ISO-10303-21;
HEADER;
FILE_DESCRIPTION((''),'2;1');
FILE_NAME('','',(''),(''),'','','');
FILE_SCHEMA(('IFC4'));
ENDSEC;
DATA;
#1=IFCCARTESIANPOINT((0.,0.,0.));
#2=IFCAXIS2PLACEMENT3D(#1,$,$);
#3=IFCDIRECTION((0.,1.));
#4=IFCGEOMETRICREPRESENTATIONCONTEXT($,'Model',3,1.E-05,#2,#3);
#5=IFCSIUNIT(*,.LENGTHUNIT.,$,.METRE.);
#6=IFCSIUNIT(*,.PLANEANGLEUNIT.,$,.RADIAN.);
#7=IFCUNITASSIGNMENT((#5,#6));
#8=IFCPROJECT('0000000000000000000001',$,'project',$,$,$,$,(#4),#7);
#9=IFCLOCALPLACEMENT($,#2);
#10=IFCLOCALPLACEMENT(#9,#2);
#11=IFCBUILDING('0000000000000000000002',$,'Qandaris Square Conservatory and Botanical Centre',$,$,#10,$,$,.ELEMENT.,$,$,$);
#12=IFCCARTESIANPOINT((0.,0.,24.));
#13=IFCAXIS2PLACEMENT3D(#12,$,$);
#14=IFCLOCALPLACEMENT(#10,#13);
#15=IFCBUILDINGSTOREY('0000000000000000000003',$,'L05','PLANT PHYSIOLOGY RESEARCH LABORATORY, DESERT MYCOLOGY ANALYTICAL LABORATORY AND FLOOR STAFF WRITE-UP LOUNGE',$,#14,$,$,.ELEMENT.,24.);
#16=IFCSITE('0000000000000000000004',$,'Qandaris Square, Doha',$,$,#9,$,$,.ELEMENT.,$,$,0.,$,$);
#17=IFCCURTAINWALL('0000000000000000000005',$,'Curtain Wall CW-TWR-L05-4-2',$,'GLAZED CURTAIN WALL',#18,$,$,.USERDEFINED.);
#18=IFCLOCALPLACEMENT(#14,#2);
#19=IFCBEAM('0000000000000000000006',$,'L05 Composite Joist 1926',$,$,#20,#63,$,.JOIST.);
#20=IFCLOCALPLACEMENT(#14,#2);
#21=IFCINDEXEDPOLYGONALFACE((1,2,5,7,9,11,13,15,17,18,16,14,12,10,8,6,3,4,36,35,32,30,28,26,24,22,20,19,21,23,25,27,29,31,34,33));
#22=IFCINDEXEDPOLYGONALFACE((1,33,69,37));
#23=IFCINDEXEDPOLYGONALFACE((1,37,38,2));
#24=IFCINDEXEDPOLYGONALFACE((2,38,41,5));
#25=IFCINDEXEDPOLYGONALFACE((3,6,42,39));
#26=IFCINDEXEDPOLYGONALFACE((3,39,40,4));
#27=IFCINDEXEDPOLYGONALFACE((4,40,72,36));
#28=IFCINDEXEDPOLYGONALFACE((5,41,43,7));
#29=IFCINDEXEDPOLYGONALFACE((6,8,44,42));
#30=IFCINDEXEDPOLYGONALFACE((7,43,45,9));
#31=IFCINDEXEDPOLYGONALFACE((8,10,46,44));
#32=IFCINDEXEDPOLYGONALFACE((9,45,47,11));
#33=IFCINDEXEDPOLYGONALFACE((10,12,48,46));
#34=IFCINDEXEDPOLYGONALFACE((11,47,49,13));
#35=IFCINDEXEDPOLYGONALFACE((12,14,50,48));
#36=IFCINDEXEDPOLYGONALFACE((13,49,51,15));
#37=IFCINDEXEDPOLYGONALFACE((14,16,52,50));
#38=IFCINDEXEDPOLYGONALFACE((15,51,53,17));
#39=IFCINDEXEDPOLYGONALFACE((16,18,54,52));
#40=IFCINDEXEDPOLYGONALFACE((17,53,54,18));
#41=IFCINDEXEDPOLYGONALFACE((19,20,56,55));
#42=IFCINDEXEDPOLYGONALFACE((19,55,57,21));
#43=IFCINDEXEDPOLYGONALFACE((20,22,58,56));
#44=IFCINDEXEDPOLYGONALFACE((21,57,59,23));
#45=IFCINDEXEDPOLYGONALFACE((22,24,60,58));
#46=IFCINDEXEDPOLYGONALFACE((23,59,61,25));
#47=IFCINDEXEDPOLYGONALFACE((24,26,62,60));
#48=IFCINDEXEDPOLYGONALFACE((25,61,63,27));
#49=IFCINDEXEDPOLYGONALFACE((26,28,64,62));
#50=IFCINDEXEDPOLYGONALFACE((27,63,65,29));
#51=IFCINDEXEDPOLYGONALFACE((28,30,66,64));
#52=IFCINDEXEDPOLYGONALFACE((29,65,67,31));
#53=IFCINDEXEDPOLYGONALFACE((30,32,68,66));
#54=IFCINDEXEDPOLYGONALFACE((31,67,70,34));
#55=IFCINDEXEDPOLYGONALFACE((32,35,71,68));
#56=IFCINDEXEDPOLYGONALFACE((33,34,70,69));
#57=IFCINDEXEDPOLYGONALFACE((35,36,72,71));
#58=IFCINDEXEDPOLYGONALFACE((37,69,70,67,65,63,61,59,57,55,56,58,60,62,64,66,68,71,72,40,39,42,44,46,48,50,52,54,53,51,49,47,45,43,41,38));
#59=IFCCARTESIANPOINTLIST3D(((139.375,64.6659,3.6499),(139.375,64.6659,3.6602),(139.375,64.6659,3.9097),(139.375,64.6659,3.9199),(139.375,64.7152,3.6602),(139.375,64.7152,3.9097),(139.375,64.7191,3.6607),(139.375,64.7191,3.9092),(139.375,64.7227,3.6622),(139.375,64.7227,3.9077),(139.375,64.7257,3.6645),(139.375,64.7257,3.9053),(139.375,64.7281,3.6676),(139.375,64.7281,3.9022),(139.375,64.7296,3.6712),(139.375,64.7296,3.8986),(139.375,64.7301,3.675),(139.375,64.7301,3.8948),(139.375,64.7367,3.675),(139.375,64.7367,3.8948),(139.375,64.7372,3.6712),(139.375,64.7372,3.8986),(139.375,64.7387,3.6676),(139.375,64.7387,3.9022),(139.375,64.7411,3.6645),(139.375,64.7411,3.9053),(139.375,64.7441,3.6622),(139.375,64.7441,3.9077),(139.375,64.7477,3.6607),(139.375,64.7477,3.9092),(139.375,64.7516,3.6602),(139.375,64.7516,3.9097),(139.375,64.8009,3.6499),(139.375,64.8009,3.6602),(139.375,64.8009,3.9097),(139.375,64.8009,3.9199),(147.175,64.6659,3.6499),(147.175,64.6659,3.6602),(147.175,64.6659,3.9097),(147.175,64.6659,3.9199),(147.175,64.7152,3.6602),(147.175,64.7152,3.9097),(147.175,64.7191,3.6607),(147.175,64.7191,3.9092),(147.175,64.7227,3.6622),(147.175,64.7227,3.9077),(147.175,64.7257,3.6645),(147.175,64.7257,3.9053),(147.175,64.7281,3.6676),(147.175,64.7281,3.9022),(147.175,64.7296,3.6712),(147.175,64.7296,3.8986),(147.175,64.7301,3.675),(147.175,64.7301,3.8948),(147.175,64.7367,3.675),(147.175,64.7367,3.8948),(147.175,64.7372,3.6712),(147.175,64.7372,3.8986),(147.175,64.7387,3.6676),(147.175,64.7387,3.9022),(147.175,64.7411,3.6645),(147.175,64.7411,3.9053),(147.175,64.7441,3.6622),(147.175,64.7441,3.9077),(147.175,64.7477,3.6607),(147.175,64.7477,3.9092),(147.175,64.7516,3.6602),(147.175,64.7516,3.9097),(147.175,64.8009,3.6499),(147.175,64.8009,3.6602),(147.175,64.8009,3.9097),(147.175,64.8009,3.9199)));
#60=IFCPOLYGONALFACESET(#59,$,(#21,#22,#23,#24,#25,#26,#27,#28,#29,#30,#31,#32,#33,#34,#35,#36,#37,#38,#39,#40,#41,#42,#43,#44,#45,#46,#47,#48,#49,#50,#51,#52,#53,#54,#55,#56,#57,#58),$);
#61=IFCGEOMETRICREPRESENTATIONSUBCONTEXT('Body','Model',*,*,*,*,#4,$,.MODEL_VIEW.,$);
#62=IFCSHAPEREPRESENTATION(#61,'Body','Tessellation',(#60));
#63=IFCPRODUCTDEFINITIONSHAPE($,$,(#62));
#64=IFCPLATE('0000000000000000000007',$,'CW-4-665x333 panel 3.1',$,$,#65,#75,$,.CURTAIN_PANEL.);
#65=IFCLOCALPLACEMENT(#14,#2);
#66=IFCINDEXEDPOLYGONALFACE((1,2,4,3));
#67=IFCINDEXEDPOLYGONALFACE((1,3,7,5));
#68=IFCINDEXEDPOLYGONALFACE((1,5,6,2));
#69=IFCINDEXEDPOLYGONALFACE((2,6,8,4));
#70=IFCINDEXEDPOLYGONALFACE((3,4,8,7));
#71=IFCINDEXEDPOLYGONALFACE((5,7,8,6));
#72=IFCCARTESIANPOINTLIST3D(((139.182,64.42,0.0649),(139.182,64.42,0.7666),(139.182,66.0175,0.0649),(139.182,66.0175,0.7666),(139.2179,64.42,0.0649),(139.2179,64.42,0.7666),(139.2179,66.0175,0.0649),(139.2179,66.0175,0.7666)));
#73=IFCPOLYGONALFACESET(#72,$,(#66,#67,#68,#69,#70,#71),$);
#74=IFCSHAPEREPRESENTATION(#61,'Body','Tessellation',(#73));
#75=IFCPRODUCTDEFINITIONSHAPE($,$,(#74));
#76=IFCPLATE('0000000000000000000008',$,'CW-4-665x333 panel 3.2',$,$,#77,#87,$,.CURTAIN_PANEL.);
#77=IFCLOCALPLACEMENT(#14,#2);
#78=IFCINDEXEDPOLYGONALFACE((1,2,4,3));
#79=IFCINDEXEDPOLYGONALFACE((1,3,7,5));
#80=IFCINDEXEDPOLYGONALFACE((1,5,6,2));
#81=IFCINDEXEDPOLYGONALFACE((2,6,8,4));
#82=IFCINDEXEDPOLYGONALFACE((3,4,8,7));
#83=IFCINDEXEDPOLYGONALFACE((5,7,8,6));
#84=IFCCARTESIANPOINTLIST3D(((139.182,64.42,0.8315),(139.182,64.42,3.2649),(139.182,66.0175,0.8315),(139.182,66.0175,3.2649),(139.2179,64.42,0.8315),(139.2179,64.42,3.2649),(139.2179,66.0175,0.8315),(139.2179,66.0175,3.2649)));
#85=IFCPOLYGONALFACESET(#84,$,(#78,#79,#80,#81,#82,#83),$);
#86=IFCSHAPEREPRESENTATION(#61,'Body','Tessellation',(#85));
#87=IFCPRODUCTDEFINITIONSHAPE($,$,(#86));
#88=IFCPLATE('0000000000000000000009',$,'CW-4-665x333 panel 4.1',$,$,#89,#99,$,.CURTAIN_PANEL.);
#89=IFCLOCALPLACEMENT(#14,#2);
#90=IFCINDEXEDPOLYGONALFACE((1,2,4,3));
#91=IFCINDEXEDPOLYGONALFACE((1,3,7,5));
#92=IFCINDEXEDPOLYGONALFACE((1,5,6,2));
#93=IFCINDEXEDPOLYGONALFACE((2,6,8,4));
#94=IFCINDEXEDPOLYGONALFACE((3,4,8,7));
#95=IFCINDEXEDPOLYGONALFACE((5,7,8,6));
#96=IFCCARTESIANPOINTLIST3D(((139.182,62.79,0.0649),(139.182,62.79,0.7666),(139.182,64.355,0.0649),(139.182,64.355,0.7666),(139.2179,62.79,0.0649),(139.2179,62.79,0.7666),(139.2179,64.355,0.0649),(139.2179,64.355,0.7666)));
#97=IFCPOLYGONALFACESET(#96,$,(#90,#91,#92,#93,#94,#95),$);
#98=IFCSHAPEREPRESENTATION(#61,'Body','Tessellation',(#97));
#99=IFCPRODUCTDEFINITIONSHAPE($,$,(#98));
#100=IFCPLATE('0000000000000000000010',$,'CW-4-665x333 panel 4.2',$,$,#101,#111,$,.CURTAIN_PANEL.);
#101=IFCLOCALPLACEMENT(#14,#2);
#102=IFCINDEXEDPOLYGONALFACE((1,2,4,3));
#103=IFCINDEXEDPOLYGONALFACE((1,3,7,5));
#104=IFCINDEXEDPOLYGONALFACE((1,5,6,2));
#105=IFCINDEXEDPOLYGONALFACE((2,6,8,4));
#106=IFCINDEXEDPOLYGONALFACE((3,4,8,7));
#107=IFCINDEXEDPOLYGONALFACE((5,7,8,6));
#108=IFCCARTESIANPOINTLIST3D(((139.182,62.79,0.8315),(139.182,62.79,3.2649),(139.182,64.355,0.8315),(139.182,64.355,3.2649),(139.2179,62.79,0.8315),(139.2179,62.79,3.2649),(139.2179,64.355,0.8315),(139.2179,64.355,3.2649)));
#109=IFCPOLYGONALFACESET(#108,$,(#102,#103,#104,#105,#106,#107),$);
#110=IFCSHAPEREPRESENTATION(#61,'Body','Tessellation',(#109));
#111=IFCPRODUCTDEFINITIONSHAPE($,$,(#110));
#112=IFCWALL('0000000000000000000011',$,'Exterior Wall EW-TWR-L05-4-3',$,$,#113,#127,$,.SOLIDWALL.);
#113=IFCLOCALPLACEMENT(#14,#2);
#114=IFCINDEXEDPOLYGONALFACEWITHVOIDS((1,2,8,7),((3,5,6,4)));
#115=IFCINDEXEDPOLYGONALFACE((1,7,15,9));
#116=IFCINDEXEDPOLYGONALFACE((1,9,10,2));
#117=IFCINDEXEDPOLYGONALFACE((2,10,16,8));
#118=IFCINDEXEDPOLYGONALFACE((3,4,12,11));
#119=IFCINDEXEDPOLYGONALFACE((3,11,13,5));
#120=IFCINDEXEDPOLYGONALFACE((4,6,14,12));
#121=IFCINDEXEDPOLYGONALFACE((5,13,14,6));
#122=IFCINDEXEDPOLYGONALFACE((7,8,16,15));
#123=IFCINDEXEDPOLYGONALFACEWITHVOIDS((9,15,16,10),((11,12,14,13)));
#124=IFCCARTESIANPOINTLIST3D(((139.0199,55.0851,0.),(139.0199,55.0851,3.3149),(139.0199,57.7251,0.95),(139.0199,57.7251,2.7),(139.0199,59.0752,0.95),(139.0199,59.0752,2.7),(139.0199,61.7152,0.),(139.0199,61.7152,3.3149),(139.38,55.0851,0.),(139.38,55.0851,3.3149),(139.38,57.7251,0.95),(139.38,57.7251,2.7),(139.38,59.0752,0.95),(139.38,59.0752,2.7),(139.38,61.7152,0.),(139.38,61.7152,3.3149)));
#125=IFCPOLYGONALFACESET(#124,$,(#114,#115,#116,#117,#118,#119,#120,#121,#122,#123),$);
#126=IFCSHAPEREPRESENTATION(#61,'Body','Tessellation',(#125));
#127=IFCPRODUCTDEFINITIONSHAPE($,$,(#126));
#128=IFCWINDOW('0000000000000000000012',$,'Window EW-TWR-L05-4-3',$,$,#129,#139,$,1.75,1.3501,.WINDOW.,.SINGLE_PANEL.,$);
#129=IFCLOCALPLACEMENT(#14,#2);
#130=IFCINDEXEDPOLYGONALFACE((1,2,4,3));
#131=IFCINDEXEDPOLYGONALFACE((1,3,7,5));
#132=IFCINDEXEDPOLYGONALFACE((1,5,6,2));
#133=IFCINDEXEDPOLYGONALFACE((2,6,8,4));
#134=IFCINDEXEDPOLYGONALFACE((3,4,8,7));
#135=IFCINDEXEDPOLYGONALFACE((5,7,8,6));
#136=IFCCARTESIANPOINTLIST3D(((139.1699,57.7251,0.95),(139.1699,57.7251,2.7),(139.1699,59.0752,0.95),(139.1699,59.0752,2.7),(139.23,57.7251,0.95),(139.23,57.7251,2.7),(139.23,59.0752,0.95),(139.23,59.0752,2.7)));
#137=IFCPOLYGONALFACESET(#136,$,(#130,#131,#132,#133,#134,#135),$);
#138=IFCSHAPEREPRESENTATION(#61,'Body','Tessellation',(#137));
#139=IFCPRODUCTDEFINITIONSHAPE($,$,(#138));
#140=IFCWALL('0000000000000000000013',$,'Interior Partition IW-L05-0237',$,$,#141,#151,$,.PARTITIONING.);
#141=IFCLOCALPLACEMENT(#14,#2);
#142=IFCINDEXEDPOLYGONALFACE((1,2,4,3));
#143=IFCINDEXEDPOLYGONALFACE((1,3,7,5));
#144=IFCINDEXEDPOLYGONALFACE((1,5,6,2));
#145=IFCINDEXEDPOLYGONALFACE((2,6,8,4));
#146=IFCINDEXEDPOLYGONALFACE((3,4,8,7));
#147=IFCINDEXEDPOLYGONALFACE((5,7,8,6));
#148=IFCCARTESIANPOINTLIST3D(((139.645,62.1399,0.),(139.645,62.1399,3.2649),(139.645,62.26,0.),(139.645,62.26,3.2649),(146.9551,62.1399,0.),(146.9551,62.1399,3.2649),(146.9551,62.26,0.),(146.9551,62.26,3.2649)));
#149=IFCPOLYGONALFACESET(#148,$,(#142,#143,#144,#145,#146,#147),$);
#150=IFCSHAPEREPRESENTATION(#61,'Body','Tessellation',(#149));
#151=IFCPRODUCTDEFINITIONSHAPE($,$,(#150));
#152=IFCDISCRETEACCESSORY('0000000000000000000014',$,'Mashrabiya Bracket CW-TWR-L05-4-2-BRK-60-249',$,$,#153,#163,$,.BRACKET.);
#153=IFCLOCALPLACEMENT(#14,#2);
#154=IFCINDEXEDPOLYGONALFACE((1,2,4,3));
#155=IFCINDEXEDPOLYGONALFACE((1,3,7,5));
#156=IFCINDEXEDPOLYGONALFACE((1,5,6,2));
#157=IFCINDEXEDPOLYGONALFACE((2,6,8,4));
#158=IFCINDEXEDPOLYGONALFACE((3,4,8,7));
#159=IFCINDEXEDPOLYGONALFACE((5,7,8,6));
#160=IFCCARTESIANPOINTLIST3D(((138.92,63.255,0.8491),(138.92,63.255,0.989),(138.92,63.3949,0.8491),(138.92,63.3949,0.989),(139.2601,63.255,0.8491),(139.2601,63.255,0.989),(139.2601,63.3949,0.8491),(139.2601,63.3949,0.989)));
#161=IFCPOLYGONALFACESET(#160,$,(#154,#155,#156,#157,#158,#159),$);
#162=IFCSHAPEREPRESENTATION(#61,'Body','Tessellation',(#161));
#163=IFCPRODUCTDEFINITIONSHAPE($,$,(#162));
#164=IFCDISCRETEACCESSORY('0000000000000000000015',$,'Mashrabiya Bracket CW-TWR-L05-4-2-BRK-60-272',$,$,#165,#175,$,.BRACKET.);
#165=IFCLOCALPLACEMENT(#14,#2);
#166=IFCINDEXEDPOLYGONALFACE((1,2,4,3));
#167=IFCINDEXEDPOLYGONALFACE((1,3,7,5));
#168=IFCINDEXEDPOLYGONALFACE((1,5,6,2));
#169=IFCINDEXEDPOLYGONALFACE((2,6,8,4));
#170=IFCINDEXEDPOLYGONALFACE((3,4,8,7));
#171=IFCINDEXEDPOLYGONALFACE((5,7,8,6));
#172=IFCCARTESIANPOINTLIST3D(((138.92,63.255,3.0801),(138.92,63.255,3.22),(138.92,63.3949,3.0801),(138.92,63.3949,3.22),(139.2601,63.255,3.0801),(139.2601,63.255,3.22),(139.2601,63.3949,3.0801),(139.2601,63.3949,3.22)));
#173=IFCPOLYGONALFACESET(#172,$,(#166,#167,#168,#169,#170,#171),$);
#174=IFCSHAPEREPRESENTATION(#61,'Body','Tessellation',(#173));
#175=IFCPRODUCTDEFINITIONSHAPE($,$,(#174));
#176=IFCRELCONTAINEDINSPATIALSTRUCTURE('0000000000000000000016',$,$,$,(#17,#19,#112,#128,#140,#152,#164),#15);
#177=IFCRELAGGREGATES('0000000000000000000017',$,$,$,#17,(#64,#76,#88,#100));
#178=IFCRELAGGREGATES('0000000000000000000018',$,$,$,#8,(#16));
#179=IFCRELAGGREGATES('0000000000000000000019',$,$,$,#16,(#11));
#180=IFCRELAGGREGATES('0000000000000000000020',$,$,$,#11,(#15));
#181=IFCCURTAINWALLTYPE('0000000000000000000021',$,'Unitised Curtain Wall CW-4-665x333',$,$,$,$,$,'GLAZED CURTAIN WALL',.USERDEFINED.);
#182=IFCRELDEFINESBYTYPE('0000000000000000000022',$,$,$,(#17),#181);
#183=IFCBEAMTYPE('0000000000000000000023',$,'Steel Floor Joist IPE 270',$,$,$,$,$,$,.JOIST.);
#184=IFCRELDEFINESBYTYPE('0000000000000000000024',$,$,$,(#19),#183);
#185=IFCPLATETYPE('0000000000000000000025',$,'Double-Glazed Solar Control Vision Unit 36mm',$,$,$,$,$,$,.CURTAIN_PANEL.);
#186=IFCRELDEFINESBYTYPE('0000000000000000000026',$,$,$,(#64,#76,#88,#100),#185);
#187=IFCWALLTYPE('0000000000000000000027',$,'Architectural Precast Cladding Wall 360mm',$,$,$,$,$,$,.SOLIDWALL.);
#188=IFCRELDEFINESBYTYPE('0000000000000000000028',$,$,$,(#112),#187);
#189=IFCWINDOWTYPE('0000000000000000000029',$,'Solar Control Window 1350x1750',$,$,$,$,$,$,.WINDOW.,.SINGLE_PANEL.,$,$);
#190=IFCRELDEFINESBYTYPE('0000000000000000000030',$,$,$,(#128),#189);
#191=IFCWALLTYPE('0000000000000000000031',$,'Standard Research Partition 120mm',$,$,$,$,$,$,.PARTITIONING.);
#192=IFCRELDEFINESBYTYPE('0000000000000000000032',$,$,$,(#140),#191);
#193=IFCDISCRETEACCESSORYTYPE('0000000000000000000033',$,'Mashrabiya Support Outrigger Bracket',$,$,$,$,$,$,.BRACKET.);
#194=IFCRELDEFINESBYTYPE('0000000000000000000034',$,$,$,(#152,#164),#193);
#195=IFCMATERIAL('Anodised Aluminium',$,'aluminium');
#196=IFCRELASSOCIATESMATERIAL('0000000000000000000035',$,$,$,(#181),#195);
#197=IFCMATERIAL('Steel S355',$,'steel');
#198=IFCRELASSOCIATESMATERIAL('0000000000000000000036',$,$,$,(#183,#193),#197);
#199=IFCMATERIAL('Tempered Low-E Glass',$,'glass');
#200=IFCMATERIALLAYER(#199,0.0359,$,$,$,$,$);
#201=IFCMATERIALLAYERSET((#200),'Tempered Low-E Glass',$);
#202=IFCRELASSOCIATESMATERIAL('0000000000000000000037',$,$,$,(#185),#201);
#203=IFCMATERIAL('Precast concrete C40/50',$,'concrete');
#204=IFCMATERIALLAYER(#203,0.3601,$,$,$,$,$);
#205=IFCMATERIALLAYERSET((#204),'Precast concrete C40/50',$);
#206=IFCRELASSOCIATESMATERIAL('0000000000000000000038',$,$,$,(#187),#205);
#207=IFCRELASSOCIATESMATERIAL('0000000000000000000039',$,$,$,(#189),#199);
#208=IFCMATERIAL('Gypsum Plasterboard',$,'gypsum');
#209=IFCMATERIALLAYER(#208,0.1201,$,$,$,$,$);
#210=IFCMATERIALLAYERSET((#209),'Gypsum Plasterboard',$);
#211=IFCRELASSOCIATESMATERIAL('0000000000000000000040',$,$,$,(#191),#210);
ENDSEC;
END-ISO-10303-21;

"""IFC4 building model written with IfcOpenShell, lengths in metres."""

from ifc_helpers import new_model, si_unit, direction, frame, frame_2d, origin, origin_2d, place, context, subcontext, project, spatial, rectangle, i_section, extrude, material, layer, layer_set, material_profile, profile_set, type_object, element, fill, aggregate, save


model = new_model("IFC4")

# Units and contexts
model_context = context("Model", 3, precision=1e-05, world=origin(), true_north=direction((0.0, 1.0)))
body_context = subcontext(model_context, "Body", "Model", "MODEL_VIEW")
ifc_project = project(units=[si_unit("LENGTHUNIT", "METRE"), si_unit("PLANEANGLEUNIT", "RADIAN")], contexts=[model_context])

# Site, building, storey
site_placement = place(None, origin())
site = spatial("IfcSite", under=ifc_project, at=site_placement, Name="Qandaris Square, Doha", CompositionType="ELEMENT", RefElevation=0.0)
building_placement = place(site_placement, origin())
building = spatial("IfcBuilding", under=site, at=building_placement, Name="Qandaris Square Conservatory and Botanical Centre", CompositionType="ELEMENT")
storey_placement = place(building_placement, frame((0.0, 0.0, 24.0)))
storey = spatial("IfcBuildingStorey", under=building, at=storey_placement, Name="L05", Description="PLANT PHYSIOLOGY RESEARCH LABORATORY, DESERT MYCOLOGY ANALYTICAL LABORATORY AND FLOOR STAFF WRITE-UP LOUNGE", CompositionType="ELEMENT", Elevation=24.0)

# Curtain wall
ifc_material_1 = material(Name="Anodised Aluminium", Category="aluminium")
curtain_wall_type = type_object("IfcCurtainWallType", Name="Unitised Curtain Wall CW-4-665x333", ElementType="GLAZED CURTAIN WALL", PredefinedType="USERDEFINED", material=ifc_material_1)
curtain_wall_placement = place(storey_placement, origin())
curtain_wall = element("IfcCurtainWall", 1, at=curtain_wall_placement, inside=storey, type_object=curtain_wall_type, Name="Curtain Wall CW-TWR-L05-4-2", ObjectType="GLAZED CURTAIN WALL", PredefinedType="USERDEFINED")

# Beam
ifc_material_2 = material(Name="Steel S355", Category="steel")
ifc_material_profile_1 = material_profile(ifc_material_2, i_section(OverallWidth=0.135, OverallDepth=0.27, WebThickness=0.0066, FlangeThickness=0.0103, FilletRadius=0.0149, at=origin_2d()), Name="IPE 270")
ifc_profile_set_1 = profile_set([ifc_material_profile_1], Name="Steel S355")
beam_type_1 = type_object("IfcBeamType", Name="Steel Floor Joist IPE 270", PredefinedType="JOIST", material=ifc_profile_set_1)
for number, where, z_axis, x_axis, name in (
    (2, (139.375, 64.7334, 3.7849), (1.0, 0.0, 0.0), (0.0, 1.0, 0.0), "L05 Composite Joist 1926"),
):
    element("IfcBeam", number, at=place(storey_placement, frame(where, z_axis=z_axis, x_axis=x_axis)), inside=storey, type_object=beam_type_1, Name=name, PredefinedType="JOIST", context=body_context, shape_type="SweptSolid", body=[
        extrude(i_section(OverallWidth=0.135, OverallDepth=0.27, WebThickness=0.0066, FlangeThickness=0.0103, FilletRadius=0.0149, at=origin_2d()), origin(), (0.0, 0.0, 1.0), 7.8),
    ])

# Plates
ifc_material_3 = material(Name="Tempered Low-E Glass", Category="glass")
ifc_layer_1 = layer(ifc_material_3, 0.0359)
ifc_layer_set_1 = layer_set([ifc_layer_1], Name="Tempered Low-E Glass")
plate_type = type_object("IfcPlateType", Name="Double-Glazed Solar Control Vision Unit 36mm", PredefinedType="CURTAIN_PANEL", material=ifc_layer_set_1)
plate_1_placement = place(storey_placement, frame((139.2, 65.2188, 0.0649), z_axis=(0.0, 0.0, 1.0), x_axis=(0.0, -1.0, 0.0)))
plate_1 = element("IfcPlate", 3, at=plate_1_placement, type_object=plate_type, Name="CW-4-665x333 panel 3.1", PredefinedType="CURTAIN_PANEL", context=body_context, shape_type="SweptSolid", body=[
    extrude(rectangle(XDim=1.5974, YDim=0.0359, at=origin_2d()), origin(), (0.0, 0.0, 1.0), 0.7017),
])
plate_2_placement = place(storey_placement, frame((139.2, 65.2188, 0.8315), z_axis=(0.0, 0.0, 1.0), x_axis=(0.0, -1.0, 0.0)))
plate_2 = element("IfcPlate", 4, at=plate_2_placement, type_object=plate_type, Name="CW-4-665x333 panel 3.2", PredefinedType="CURTAIN_PANEL", context=body_context, shape_type="SweptSolid", body=[
    extrude(rectangle(XDim=1.5974, YDim=0.0359, at=origin_2d()), origin(), (0.0, 0.0, 1.0), 2.4333),
])
plate_3_placement = place(storey_placement, frame((139.2, 63.5725, 0.0649), z_axis=(0.0, 0.0, 1.0), x_axis=(0.0, -1.0, 0.0)))
plate_3 = element("IfcPlate", 5, at=plate_3_placement, type_object=plate_type, Name="CW-4-665x333 panel 4.1", PredefinedType="CURTAIN_PANEL", context=body_context, shape_type="SweptSolid", body=[
    extrude(rectangle(XDim=1.5649, YDim=0.0359, at=origin_2d()), origin(), (0.0, 0.0, 1.0), 0.7017),
])
plate_4_placement = place(storey_placement, frame((139.2, 63.5725, 0.8315), z_axis=(0.0, 0.0, 1.0), x_axis=(0.0, -1.0, 0.0)))
plate_4 = element("IfcPlate", 6, at=plate_4_placement, type_object=plate_type, Name="CW-4-665x333 panel 4.2", PredefinedType="CURTAIN_PANEL", context=body_context, shape_type="SweptSolid", body=[
    extrude(rectangle(XDim=1.5649, YDim=0.0359, at=origin_2d()), origin(), (0.0, 0.0, 1.0), 2.4333),
])
aggregate(curtain_wall, [plate_1, plate_2, plate_3, plate_4])

# Wall, opening, window
ifc_material_4 = material(Name="Precast concrete C40/50", Category="concrete")
ifc_layer_2 = layer(ifc_material_4, 0.3601)
ifc_layer_set_2 = layer_set([ifc_layer_2], Name="Precast concrete C40/50")
wall_type_1 = type_object("IfcWallType", Name="Architectural Precast Cladding Wall 360mm", PredefinedType="SOLIDWALL", material=ifc_layer_set_2)
wall_1_placement = place(storey_placement, frame((139.2, 61.7151, 0.0), z_axis=(0.0, 0.0, 1.0), x_axis=(0.0, -1.0, 0.0)))
wall_1 = element("IfcWall", 7, at=wall_1_placement, inside=storey, type_object=wall_type_1, Name="Exterior Wall EW-TWR-L05-4-3", PredefinedType="SOLIDWALL", context=body_context, shape_type="SweptSolid", body=[
    extrude(rectangle(XDim=6.6301, YDim=0.3601, at=frame_2d((3.3149, 0.0))), origin(), (0.0, 0.0, 1.0), 3.3149),
])
opening_placement = place(wall_1_placement, frame((2.6399, 0.0, 0.95)))
opening = element("IfcOpeningElement", 8, at=opening_placement, cuts=wall_1, PredefinedType="OPENING", context=body_context, shape_type="SweptSolid", body=[
    extrude(rectangle(XDim=1.3501, YDim=1.75, at=frame_2d((0.675, 0.875))), frame((0.0, 0.1919, 0.0), z_axis=(0.0, -1.0, 0.0), x_axis=(1.0, 0.0, 0.0)), (0.0, 0.0, 1.0), 0.384),
])
window_type = type_object("IfcWindowType", Name="Solar Control Window 1350x1750", PartitioningType="SINGLE_PANEL", PredefinedType="WINDOW", material=ifc_material_3)
window_placement = place(opening_placement, origin())
window = element("IfcWindow", 9, at=window_placement, inside=storey, type_object=window_type, Name="Window EW-TWR-L05-4-3", OverallHeight=1.75, OverallWidth=1.3501, PartitioningType="SINGLE_PANEL", PredefinedType="WINDOW", context=body_context, shape_type="SweptSolid", body=[
    extrude(rectangle(XDim=1.3501, YDim=1.75, at=frame_2d((0.675, 0.875))), frame((0.0, 0.03, 0.0), z_axis=(0.0, -1.0, 0.0), x_axis=(1.0, 0.0, 0.0)), (0.0, 0.0, 1.0), 0.0601),
])
fill(opening, window)

# Wall
ifc_material_5 = material(Name="Gypsum Plasterboard", Category="gypsum")
ifc_layer_3 = layer(ifc_material_5, 0.1201)
ifc_layer_set_3 = layer_set([ifc_layer_3], Name="Gypsum Plasterboard")
wall_type_2 = type_object("IfcWallType", Name="Standard Research Partition 120mm", PredefinedType="PARTITIONING", material=ifc_layer_set_3)
wall_2_placement = place(storey_placement, frame((139.645, 62.2, 0.0), z_axis=(0.0, 0.0, 1.0), x_axis=(1.0, 0.0, 0.0)))
element("IfcWall", 10, at=wall_2_placement, inside=storey, type_object=wall_type_2, Name="Interior Partition IW-L05-0237", PredefinedType="PARTITIONING", context=body_context, shape_type="SweptSolid", body=[
    extrude(rectangle(XDim=7.3101, YDim=0.1201, at=frame_2d((3.655, 0.0))), origin(), (0.0, 0.0, 1.0), 3.2649),
])

# Discrete accessories
discrete_accessory_type = type_object("IfcDiscreteAccessoryType", Name="Mashrabiya Support Outrigger Bracket", PredefinedType="BRACKET", material=ifc_material_2)
for number, where, z_axis, x_axis, name in (
    (11, (139.0901, 63.325, 0.8491), (0.0, 0.0, 1.0), (0.0, -1.0, 0.0), "Mashrabiya Bracket CW-TWR-L05-4-2-BRK-60-249"),
    (12, (139.0901, 63.325, 3.0801), (0.0, 0.0, 1.0), (0.0, -1.0, 0.0), "Mashrabiya Bracket CW-TWR-L05-4-2-BRK-60-272"),
):
    element("IfcDiscreteAccessory", number, at=place(storey_placement, frame(where, z_axis=z_axis, x_axis=x_axis)), inside=storey, type_object=discrete_accessory_type, Name=name, PredefinedType="BRACKET", context=body_context, shape_type="SweptSolid", body=[
        extrude(rectangle(XDim=0.1399, YDim=0.3401, at=origin_2d()), origin(), (0.0, 0.0, 1.0), 0.1399),
    ])

save(model, "model.ifc")
